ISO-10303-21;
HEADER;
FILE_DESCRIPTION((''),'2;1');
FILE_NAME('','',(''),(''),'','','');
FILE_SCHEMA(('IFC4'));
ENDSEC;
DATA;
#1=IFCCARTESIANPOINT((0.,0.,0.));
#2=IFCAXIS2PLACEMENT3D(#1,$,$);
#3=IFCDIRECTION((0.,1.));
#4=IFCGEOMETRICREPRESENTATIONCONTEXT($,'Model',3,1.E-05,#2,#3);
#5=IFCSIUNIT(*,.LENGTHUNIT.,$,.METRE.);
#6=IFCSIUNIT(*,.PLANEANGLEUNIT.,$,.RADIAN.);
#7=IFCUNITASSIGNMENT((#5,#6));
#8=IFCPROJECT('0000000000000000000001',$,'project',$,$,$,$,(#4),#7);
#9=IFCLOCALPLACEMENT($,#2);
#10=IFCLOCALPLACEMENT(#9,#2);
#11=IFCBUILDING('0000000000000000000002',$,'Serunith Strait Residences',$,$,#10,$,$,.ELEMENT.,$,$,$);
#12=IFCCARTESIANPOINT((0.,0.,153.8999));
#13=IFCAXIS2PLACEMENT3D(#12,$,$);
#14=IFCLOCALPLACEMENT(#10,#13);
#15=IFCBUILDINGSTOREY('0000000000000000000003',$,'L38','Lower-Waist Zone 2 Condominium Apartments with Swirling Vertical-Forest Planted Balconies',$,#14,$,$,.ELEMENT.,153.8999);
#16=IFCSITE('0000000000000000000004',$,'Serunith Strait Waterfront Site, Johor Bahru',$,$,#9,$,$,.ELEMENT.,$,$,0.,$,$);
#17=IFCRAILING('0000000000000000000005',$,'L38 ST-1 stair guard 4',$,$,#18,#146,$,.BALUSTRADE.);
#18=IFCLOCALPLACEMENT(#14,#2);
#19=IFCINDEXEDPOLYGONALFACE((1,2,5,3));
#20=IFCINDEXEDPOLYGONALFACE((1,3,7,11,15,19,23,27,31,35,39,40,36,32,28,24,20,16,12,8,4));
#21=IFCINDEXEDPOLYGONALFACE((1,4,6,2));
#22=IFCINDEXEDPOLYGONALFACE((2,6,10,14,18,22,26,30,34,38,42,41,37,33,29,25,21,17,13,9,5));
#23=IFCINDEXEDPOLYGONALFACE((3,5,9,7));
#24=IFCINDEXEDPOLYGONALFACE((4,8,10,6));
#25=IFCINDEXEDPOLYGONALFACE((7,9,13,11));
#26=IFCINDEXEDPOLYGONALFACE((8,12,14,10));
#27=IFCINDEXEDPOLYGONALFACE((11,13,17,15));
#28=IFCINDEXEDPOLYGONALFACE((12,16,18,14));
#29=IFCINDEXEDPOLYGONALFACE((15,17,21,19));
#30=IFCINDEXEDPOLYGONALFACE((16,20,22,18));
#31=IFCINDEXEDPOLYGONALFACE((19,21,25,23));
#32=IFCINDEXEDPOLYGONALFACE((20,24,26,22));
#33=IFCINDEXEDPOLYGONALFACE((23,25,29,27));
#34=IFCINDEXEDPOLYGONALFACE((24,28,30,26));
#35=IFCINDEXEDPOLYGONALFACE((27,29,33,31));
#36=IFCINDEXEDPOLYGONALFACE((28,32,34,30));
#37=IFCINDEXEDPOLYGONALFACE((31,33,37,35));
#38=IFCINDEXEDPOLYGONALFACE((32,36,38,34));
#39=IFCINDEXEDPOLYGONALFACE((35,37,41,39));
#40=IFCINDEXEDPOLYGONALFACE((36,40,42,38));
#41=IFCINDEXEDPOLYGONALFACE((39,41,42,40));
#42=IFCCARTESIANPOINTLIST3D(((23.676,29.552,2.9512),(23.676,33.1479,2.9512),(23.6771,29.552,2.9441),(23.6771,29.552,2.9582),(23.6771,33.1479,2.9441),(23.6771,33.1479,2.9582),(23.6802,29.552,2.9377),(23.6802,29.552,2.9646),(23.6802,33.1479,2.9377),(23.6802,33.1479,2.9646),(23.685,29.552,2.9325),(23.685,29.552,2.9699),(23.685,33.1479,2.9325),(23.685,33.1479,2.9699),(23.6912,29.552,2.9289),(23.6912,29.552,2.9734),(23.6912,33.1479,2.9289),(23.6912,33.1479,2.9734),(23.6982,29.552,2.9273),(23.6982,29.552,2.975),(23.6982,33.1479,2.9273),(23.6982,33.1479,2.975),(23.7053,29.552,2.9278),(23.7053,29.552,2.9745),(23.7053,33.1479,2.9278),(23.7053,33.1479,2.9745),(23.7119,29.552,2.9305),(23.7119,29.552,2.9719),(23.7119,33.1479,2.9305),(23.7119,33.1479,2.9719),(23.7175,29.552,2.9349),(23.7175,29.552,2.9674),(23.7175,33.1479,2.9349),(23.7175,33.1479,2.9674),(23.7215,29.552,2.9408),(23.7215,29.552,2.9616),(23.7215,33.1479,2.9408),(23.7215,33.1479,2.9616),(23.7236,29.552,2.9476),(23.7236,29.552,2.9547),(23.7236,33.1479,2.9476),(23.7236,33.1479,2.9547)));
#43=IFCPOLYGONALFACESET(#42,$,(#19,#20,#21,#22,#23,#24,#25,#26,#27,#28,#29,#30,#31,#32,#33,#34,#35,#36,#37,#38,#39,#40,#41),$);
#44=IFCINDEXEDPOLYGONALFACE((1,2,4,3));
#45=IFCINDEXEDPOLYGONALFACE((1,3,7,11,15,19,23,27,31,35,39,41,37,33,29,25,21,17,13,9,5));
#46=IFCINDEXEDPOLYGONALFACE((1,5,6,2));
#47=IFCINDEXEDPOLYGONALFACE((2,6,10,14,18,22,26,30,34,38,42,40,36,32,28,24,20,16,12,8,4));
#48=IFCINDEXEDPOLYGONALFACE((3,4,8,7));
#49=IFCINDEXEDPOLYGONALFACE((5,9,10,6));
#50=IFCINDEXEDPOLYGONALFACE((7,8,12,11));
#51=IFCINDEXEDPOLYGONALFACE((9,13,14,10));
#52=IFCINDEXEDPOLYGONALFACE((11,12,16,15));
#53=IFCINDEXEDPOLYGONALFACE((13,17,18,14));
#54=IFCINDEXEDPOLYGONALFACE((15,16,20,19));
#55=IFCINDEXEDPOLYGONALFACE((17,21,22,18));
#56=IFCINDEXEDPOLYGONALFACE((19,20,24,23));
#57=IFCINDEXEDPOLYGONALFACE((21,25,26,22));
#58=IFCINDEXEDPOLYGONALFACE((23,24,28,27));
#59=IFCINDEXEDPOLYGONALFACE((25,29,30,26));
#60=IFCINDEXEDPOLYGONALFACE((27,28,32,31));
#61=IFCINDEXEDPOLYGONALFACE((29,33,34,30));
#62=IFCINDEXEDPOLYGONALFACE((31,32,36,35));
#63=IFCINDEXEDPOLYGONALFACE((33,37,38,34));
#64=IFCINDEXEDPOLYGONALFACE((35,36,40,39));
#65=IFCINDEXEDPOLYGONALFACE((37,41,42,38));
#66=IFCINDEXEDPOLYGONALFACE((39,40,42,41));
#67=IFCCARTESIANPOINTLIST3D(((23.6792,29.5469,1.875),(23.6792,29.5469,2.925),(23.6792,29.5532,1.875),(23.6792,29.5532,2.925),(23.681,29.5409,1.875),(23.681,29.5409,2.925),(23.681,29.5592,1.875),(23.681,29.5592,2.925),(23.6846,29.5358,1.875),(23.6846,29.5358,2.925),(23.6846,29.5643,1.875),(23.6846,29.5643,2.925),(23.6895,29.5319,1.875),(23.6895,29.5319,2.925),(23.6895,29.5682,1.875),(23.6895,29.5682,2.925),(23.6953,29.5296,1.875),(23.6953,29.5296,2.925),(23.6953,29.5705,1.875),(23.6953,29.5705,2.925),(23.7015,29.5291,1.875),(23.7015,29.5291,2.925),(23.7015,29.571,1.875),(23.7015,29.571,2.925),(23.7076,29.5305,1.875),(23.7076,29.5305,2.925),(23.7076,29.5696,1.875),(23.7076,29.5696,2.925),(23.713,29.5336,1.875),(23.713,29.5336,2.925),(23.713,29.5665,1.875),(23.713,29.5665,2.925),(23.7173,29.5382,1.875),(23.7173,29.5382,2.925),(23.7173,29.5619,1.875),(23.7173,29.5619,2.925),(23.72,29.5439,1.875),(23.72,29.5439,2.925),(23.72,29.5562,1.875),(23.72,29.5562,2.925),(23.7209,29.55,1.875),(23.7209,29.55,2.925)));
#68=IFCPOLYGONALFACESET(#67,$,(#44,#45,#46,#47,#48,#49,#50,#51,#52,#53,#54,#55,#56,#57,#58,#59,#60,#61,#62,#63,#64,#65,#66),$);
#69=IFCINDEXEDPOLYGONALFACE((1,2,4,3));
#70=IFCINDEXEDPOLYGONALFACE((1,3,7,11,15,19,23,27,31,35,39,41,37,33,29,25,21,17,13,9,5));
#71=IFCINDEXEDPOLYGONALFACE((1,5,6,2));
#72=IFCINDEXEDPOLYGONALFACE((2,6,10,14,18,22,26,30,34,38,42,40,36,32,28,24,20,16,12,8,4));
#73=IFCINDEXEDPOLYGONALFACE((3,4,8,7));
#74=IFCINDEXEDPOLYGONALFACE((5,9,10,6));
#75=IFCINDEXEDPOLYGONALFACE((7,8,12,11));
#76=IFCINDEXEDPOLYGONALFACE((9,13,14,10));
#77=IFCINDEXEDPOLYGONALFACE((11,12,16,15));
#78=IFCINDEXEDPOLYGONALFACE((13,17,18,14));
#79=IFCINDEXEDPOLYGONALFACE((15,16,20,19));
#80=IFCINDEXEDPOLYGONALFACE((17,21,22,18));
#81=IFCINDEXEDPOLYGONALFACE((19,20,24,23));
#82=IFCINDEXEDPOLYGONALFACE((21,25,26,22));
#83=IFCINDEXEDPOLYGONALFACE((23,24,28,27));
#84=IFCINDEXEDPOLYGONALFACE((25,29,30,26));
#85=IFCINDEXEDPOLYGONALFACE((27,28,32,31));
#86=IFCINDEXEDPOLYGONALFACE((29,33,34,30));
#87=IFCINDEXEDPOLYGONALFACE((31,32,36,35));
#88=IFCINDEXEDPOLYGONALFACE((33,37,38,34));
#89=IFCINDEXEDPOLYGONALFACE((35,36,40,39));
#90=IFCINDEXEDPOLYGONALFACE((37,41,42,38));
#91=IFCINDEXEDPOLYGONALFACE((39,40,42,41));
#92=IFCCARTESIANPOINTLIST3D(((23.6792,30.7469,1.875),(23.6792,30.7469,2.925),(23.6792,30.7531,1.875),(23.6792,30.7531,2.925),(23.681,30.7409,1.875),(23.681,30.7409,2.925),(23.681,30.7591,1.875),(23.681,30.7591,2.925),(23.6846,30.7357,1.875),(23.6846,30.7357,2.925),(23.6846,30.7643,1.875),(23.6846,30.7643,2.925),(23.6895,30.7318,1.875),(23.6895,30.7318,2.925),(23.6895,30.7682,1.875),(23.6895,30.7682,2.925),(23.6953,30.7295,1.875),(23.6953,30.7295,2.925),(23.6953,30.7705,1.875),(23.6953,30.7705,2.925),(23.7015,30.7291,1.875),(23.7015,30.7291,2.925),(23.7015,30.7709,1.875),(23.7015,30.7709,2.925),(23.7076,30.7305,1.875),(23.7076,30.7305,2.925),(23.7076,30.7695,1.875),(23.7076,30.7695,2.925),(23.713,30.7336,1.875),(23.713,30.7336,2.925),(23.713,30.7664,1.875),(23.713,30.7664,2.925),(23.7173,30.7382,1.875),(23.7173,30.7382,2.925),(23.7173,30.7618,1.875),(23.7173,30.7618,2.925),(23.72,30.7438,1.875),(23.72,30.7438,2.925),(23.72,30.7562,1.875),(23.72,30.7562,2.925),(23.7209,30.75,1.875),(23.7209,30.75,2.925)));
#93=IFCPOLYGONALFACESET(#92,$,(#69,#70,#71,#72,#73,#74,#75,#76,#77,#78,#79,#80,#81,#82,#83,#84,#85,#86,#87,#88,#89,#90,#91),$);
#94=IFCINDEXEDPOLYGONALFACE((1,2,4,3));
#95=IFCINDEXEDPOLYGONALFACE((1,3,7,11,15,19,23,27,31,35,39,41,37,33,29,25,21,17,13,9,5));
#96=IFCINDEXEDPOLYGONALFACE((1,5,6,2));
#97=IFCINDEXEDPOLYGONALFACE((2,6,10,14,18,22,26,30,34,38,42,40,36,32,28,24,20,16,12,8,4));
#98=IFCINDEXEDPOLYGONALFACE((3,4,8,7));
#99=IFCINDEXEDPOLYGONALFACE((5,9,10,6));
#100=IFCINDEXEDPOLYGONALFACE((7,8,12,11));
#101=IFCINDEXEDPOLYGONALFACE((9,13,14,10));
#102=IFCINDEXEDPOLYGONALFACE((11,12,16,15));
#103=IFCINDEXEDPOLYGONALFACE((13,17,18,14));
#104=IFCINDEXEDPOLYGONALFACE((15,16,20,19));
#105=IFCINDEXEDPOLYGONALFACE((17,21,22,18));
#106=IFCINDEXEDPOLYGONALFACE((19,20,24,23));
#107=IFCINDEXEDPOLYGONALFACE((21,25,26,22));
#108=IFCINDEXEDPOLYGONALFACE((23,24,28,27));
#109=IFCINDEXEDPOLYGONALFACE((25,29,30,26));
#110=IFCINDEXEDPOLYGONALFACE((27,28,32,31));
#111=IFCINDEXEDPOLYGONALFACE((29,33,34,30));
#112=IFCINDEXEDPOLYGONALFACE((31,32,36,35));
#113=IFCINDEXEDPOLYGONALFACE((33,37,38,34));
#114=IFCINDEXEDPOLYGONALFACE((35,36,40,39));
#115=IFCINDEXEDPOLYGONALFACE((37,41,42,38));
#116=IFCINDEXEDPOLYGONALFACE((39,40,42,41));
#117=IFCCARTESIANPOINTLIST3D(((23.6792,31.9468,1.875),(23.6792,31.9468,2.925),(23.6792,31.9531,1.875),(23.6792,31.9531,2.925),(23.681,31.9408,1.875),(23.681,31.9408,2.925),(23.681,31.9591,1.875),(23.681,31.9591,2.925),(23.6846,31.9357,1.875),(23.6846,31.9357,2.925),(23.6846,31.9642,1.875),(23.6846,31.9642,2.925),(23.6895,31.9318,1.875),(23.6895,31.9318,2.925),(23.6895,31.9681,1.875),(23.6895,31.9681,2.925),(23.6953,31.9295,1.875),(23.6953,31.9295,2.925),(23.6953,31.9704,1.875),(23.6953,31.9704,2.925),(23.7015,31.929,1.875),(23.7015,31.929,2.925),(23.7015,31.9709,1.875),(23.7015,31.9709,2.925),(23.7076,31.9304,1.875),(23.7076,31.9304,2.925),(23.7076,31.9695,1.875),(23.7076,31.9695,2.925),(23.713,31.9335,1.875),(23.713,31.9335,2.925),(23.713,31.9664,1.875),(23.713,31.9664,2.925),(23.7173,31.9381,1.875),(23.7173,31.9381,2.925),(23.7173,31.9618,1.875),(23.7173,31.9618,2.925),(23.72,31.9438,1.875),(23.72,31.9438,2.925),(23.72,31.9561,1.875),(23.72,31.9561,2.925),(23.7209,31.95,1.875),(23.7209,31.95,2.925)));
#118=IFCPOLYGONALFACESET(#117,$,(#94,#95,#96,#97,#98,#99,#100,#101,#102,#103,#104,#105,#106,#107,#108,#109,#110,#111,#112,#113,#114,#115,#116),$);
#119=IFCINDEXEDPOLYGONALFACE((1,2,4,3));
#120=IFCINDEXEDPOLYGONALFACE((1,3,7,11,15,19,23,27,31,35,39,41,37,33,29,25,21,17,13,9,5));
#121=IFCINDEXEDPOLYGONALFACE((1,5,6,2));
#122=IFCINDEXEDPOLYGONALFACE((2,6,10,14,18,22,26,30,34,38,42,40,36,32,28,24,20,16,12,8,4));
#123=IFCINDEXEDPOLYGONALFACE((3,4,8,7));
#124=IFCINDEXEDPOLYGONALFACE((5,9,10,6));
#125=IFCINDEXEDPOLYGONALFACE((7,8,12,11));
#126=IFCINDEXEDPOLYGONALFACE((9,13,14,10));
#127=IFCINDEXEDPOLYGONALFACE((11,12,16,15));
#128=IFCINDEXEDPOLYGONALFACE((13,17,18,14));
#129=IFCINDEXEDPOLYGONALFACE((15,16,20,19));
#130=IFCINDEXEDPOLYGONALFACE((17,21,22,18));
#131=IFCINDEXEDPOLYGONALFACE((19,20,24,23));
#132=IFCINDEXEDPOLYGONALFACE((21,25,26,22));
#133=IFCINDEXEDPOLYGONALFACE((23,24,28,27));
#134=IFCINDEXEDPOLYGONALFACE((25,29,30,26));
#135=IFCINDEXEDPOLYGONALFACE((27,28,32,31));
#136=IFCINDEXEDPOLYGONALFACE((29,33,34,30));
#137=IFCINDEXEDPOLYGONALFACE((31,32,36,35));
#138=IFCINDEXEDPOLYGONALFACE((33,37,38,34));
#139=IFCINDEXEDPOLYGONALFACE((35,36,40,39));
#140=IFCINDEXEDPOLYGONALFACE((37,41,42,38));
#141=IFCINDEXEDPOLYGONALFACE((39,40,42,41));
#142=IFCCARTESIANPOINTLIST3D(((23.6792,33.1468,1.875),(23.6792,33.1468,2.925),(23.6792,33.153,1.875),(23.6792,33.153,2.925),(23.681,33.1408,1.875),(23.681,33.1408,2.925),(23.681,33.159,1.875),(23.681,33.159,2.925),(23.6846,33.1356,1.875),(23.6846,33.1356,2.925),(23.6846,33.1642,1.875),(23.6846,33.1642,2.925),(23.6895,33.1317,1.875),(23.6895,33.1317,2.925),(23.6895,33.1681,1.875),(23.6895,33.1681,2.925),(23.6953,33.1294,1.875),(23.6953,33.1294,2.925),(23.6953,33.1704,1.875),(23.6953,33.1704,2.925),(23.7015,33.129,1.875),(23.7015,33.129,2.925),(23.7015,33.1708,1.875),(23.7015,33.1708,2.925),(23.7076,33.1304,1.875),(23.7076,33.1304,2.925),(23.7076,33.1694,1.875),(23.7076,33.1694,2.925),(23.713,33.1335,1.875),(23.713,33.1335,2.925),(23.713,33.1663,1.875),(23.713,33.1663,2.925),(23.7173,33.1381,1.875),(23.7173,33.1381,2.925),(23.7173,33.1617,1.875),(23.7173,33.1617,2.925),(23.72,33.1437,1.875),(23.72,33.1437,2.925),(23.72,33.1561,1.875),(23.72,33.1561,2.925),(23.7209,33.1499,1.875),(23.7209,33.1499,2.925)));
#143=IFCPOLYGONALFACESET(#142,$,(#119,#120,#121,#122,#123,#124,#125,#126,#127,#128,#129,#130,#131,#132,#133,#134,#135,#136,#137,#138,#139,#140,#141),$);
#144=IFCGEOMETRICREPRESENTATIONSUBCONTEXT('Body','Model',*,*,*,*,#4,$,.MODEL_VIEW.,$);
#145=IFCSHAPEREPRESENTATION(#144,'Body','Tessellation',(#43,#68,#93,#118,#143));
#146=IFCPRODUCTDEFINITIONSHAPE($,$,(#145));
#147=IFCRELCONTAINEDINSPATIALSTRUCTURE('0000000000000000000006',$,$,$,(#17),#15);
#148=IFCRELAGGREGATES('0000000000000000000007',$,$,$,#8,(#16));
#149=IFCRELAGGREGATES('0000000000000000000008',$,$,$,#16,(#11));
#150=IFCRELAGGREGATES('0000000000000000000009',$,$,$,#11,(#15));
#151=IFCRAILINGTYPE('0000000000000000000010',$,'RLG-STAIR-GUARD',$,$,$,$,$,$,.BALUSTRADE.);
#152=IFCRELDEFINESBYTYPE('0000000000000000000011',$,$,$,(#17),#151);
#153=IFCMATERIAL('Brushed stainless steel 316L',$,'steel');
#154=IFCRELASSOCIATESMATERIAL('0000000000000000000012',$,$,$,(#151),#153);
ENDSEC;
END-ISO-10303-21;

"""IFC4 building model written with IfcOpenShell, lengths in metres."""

from ifc_helpers import new_model, si_unit, direction, frame, origin, origin_2d, place, context, subcontext, project, spatial, circle, extrude, material, type_object, element, save


model = new_model("IFC4")

# Units and contexts
model_context = context("Model", 3, precision=1e-05, world=origin(), true_north=direction((0.0, 1.0)))
body_context = subcontext(model_context, "Body", "Model", "MODEL_VIEW")
ifc_project = project(units=[si_unit("LENGTHUNIT", "METRE"), si_unit("PLANEANGLEUNIT", "RADIAN")], contexts=[model_context])

# Site, building, storey
site_placement = place(None, origin())
site = spatial("IfcSite", under=ifc_project, at=site_placement, Name="Serunith Strait Waterfront Site, Johor Bahru", CompositionType="ELEMENT", RefElevation=0.0)
building_placement = place(site_placement, origin())
building = spatial("IfcBuilding", under=site, at=building_placement, Name="Serunith Strait Residences", CompositionType="ELEMENT")
storey_placement = place(building_placement, frame((0.0, 0.0, 153.8999)))
storey = spatial("IfcBuildingStorey", under=building, at=storey_placement, Name="L38", Description="Lower-Waist Zone 2 Condominium Apartments with Swirling Vertical-Forest Planted Balconies", CompositionType="ELEMENT", Elevation=153.8999)

# Railing
ifc_material_1 = material(Name="Brushed stainless steel 316L", Category="steel")
railing_type_1 = type_object("IfcRailingType", Name="RLG-STAIR-GUARD", PredefinedType="BALUSTRADE", material=ifc_material_1)
for number, where, name in (
    (1, (23.7, 29.55, 1.875), "L38 ST-1 stair guard 4"),
):
    element("IfcRailing", number, at=place(storey_placement, frame(where)), inside=storey, type_object=railing_type_1, Name=name, PredefinedType="BALUSTRADE", context=body_context, shape_type="SweptSolid", body=[
        extrude(circle(Radius=0.0239, at=origin_2d()), frame((0.0, 0.002, 1.0762), z_axis=(0.0, 1.0, 0.0), x_axis=(-1.0, 0.0, 0.0)), (0.0, 0.0, 1.0), 3.5959),
        extrude(circle(Radius=0.021, at=origin_2d()), origin(), (0.0, 0.0, 1.0), 1.05),
        extrude(circle(Radius=0.021, at=origin_2d()), frame((0.0, 1.2, 0.0)), (0.0, 0.0, 1.0), 1.05),
        extrude(circle(Radius=0.021, at=origin_2d()), frame((0.0, 2.3999, 0.0)), (0.0, 0.0, 1.0), 1.05),
        extrude(circle(Radius=0.021, at=origin_2d()), frame((0.0, 3.5999, 0.0)), (0.0, 0.0, 1.0), 1.05),
    ])

save(model, "model.ifc")
